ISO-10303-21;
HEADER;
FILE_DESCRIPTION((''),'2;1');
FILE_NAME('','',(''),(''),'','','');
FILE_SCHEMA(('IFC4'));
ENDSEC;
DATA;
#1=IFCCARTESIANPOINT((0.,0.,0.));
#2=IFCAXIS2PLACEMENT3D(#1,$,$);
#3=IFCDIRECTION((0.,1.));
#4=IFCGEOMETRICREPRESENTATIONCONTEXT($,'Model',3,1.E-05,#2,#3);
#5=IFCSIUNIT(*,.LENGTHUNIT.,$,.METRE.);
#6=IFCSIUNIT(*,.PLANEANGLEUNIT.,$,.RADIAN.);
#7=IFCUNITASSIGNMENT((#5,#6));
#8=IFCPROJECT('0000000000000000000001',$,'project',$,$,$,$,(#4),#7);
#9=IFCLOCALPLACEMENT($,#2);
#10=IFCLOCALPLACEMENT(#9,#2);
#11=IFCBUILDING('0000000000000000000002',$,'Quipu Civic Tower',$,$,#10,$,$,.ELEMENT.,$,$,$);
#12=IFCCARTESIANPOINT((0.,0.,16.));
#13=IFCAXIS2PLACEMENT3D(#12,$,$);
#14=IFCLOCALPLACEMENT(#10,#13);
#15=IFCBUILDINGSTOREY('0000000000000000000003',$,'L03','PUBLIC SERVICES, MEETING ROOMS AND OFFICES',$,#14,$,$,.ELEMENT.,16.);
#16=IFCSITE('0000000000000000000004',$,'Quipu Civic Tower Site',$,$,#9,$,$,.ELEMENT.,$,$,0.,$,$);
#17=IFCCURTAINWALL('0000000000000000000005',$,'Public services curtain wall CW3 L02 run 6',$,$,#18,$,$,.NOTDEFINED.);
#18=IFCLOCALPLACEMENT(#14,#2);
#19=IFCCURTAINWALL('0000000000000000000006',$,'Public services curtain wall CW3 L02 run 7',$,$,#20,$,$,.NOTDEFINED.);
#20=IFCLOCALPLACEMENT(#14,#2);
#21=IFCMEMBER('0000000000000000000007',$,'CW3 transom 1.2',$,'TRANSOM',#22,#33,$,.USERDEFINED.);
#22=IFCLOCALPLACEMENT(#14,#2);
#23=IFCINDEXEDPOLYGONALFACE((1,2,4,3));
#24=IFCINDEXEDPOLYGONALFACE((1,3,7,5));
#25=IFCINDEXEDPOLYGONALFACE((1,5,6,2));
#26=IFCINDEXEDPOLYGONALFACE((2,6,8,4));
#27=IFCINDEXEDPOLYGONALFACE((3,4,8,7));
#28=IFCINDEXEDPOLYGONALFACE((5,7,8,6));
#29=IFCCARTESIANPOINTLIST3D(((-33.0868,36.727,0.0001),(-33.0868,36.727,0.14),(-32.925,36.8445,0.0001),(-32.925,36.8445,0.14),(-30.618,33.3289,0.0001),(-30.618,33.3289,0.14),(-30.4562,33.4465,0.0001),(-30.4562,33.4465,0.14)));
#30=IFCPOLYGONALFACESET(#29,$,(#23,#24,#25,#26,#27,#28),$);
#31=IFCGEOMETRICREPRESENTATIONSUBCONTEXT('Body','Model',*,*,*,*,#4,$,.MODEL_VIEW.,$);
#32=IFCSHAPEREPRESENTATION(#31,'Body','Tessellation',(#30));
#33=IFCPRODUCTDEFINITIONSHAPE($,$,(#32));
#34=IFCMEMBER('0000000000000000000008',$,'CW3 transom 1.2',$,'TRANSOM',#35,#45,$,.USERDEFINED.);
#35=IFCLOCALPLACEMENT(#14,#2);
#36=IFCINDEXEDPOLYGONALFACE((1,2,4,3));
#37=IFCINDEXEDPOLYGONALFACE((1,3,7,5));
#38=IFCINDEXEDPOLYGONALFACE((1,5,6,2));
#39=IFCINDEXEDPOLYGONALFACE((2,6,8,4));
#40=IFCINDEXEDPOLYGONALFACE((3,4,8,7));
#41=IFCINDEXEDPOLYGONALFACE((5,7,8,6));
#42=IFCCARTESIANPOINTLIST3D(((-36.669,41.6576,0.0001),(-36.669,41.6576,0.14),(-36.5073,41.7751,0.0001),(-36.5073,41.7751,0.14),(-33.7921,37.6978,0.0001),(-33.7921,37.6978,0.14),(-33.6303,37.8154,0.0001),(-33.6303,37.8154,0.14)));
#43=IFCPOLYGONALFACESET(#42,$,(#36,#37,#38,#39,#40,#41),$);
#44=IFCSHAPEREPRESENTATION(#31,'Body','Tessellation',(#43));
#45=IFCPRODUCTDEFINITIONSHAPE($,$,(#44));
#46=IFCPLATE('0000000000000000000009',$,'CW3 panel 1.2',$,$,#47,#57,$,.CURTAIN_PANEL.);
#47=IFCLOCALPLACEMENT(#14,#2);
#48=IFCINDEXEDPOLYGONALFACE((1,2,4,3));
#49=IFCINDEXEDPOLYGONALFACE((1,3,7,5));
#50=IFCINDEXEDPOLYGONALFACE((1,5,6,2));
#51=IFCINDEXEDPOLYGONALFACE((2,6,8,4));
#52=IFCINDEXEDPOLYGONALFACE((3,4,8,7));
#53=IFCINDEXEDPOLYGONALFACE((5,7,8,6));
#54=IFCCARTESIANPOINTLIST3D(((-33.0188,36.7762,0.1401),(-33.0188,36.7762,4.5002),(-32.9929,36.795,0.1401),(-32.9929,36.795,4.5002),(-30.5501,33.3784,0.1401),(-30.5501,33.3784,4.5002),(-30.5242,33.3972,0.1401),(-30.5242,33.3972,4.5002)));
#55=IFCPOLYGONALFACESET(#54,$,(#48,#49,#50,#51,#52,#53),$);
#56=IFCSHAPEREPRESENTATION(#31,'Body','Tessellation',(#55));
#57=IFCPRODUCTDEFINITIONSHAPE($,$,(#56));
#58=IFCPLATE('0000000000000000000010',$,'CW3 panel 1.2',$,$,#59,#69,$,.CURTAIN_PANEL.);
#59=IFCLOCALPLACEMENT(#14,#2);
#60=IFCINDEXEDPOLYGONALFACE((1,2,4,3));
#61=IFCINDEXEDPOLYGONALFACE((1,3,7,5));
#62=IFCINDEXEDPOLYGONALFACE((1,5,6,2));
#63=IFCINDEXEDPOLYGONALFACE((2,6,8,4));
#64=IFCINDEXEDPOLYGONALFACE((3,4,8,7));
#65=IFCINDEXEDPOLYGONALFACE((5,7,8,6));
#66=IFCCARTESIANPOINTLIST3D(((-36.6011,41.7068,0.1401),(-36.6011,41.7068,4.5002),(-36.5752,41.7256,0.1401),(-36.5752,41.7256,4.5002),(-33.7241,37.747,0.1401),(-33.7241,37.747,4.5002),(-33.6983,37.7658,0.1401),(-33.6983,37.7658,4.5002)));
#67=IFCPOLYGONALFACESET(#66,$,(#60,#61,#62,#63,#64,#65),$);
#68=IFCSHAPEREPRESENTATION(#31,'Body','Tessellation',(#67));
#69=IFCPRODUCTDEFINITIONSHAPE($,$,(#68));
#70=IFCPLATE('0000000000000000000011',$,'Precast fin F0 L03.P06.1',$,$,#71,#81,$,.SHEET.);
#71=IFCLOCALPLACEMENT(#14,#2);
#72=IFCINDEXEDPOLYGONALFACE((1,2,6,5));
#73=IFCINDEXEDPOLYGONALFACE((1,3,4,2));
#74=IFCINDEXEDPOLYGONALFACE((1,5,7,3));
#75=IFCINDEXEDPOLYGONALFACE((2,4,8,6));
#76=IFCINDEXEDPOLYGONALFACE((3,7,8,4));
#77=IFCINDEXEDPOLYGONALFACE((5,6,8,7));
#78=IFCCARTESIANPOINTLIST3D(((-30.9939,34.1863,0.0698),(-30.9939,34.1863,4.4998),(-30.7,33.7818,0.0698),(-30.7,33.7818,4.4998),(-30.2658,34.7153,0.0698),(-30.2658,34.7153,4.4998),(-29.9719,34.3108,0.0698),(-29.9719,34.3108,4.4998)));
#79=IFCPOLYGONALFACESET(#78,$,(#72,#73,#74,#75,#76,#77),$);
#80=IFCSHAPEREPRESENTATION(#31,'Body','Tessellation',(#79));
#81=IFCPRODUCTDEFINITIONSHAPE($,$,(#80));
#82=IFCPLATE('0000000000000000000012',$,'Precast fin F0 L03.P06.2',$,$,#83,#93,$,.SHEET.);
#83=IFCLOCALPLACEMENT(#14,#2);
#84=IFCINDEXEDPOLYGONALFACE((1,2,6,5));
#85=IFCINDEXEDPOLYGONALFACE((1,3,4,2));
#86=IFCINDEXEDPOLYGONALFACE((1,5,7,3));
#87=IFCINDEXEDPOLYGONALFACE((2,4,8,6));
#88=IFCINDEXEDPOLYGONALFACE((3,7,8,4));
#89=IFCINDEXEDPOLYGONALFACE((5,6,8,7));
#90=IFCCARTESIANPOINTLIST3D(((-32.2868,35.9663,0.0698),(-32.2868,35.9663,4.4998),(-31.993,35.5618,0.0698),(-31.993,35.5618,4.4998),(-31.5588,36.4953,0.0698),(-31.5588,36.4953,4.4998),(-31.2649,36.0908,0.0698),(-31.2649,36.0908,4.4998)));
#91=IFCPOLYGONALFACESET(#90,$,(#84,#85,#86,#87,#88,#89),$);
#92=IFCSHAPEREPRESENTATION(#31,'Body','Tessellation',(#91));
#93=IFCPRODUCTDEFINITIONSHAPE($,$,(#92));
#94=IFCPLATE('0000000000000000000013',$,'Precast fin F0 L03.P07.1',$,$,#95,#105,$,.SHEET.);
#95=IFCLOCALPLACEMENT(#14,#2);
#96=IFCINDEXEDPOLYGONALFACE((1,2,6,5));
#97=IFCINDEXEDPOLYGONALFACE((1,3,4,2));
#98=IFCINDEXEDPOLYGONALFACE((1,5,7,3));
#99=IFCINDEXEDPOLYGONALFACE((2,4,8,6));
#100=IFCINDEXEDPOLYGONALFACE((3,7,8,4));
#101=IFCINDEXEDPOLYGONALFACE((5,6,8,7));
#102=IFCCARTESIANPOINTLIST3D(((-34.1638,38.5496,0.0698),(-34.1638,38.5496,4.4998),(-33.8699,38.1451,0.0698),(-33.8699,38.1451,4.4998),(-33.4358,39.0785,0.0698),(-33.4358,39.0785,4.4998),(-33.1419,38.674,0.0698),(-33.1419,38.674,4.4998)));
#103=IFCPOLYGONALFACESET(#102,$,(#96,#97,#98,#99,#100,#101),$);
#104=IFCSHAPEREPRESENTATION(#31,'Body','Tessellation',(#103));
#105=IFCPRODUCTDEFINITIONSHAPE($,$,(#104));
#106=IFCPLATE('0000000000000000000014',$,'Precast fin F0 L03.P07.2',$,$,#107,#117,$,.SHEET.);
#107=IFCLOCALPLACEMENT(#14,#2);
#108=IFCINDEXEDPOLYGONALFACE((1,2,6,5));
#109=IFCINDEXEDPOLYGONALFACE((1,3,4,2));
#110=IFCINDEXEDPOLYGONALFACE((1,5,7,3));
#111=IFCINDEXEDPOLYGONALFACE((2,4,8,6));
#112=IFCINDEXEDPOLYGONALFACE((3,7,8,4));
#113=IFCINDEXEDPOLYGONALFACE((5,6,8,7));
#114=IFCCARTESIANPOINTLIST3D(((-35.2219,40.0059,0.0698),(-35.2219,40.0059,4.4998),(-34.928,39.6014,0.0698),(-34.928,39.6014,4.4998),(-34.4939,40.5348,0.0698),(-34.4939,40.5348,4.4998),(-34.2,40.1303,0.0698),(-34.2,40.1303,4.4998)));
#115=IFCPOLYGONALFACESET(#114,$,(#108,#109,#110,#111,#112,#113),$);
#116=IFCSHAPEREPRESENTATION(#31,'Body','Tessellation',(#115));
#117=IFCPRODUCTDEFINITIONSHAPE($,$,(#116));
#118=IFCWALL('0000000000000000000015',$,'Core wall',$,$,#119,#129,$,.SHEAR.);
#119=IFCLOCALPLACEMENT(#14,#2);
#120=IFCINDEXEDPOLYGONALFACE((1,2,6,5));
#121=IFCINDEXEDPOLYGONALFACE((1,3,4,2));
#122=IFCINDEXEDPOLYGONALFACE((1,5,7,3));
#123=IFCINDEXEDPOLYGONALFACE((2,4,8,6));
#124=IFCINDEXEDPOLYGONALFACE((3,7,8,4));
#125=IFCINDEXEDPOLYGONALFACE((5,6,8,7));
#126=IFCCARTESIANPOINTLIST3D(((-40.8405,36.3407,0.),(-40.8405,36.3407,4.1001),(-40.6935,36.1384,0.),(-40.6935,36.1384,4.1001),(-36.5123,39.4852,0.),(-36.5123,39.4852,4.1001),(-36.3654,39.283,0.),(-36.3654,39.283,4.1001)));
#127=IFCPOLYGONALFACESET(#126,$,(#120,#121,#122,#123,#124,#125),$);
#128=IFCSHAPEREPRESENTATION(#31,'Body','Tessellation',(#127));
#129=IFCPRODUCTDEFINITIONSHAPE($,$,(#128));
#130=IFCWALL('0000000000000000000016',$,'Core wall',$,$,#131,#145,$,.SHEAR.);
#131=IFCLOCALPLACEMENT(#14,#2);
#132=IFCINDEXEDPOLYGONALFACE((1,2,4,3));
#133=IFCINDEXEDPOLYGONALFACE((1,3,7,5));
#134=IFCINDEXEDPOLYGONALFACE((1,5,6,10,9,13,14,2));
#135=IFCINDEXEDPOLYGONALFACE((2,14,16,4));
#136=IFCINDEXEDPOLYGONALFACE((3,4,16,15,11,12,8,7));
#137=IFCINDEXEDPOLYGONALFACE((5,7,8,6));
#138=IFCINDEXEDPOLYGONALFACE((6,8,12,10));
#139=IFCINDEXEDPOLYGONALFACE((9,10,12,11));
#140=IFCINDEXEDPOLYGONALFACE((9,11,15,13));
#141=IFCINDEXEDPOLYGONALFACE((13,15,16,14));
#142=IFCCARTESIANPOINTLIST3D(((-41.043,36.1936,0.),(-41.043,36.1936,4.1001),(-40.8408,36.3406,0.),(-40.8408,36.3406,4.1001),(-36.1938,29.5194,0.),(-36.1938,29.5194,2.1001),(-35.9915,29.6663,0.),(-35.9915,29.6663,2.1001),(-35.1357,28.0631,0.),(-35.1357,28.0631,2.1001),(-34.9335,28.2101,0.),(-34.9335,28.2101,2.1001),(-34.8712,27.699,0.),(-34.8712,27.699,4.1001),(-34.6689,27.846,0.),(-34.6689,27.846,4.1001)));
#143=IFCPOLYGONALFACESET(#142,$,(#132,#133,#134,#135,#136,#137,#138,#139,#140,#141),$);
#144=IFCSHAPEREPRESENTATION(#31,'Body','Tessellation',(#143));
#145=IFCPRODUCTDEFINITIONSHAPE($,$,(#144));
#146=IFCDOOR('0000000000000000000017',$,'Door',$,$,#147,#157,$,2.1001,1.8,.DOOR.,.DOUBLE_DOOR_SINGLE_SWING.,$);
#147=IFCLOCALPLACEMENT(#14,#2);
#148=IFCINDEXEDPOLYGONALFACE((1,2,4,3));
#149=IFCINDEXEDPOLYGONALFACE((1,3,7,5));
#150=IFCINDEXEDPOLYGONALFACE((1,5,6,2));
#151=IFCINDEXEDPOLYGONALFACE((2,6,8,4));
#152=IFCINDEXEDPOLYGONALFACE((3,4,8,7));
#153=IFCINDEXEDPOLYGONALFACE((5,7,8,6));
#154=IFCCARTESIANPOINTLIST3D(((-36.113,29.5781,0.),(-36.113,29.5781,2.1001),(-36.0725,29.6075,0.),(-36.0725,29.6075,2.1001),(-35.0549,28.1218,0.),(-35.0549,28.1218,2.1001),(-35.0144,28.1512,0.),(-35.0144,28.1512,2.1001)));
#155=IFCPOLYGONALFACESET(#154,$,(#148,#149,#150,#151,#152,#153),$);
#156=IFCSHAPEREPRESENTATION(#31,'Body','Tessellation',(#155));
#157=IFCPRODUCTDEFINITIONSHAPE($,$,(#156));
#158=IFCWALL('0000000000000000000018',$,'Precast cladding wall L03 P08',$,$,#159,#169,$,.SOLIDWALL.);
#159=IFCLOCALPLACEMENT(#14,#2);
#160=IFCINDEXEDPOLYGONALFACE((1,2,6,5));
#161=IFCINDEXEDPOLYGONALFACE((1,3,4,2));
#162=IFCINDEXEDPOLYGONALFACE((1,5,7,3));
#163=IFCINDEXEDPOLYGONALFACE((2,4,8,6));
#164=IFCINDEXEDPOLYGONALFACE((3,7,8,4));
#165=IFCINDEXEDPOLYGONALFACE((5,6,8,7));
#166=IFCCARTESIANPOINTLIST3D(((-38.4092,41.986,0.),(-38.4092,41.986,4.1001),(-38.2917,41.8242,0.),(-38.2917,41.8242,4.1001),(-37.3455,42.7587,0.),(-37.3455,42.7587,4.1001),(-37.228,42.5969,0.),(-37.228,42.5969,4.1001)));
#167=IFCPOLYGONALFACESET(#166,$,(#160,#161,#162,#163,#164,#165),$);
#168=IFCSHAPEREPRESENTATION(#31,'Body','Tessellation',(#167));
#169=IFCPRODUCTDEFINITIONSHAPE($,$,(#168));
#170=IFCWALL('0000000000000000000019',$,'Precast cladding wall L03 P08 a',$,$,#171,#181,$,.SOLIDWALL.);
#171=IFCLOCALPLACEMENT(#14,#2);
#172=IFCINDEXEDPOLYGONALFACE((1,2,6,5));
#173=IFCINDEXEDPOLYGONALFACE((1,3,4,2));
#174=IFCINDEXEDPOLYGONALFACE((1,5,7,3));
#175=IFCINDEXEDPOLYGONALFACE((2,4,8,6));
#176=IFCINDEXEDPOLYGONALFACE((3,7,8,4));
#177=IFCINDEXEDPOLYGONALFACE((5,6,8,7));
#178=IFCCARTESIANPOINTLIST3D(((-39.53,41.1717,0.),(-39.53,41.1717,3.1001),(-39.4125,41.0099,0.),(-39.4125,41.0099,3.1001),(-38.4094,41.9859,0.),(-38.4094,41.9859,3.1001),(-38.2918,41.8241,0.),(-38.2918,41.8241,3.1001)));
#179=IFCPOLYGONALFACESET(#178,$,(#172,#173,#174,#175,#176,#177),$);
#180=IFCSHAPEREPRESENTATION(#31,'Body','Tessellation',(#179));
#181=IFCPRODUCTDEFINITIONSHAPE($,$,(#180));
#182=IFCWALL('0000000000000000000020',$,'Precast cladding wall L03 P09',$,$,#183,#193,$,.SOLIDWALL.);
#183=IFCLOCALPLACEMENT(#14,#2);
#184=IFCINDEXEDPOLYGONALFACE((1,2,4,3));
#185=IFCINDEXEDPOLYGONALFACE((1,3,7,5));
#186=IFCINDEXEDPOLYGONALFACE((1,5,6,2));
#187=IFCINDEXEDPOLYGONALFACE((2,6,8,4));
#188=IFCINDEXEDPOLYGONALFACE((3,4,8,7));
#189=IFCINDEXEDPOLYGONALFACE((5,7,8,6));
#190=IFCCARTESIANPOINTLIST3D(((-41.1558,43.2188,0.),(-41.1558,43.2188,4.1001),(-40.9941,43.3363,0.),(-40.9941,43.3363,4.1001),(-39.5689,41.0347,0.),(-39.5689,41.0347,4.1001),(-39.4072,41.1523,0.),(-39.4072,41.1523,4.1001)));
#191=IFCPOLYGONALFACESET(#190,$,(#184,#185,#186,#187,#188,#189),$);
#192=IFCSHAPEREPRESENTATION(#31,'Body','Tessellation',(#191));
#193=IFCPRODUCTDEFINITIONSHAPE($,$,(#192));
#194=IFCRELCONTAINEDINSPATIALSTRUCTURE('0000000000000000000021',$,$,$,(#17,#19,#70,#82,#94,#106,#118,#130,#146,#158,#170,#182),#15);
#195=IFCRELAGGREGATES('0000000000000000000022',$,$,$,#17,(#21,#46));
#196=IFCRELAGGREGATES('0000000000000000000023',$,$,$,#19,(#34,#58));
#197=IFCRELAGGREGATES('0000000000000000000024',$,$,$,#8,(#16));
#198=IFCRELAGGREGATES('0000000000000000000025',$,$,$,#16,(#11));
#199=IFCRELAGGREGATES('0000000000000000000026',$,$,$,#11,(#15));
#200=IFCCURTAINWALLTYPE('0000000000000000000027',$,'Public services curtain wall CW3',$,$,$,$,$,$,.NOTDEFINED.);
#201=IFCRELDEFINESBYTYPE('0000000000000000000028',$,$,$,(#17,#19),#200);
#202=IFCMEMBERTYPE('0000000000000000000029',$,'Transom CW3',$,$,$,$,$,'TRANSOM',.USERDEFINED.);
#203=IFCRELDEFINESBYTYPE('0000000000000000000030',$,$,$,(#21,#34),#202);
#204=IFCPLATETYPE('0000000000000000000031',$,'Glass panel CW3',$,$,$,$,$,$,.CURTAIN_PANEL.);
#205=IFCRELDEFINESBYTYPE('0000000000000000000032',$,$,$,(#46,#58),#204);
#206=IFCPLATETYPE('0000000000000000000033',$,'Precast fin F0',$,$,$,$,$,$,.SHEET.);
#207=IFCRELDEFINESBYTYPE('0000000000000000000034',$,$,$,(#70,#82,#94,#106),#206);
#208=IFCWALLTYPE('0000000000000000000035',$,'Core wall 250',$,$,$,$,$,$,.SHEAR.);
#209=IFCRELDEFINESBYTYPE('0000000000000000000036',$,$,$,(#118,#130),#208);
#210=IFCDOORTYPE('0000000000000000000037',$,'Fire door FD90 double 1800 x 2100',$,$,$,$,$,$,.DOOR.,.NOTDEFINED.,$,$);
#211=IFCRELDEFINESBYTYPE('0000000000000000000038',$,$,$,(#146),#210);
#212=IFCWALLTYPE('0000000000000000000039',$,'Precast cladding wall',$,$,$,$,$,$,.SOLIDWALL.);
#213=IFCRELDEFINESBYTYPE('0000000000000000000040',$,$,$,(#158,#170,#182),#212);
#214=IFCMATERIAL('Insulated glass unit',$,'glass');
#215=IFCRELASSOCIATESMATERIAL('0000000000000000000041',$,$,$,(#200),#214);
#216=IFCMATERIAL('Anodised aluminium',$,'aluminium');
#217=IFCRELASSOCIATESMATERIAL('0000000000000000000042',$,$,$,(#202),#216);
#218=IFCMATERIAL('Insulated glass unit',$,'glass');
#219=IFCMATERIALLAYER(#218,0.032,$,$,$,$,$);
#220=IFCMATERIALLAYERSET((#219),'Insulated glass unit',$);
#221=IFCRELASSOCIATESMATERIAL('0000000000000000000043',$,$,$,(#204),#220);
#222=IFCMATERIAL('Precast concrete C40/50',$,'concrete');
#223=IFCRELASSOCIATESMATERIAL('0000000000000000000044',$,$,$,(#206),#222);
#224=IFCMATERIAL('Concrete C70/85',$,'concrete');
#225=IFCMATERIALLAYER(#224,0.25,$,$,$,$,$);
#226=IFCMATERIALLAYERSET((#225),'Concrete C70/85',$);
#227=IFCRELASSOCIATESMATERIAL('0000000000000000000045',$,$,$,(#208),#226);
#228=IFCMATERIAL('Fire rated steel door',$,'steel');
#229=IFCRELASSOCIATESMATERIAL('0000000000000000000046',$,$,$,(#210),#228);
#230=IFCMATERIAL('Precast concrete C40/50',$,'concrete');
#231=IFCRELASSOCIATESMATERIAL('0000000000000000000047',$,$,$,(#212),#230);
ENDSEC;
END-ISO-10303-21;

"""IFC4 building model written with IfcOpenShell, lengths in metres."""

from ifc_helpers import new_model, si_unit, direction, frame, frame_2d, origin, origin_2d, place, context, subcontext, project, spatial, rectangle, extrude, material, layer, layer_set, material_profile, profile_set, type_object, element, fill, aggregate, save


model = new_model("IFC4")

# Units and contexts
model_context = context("Model", 3, precision=1e-05, world=origin(), true_north=direction((0.0, 1.0)))
body_context = subcontext(model_context, "Body", "Model", "MODEL_VIEW")
ifc_project = project(units=[si_unit("LENGTHUNIT", "METRE"), si_unit("PLANEANGLEUNIT", "RADIAN")], contexts=[model_context])

# Site, building, storey
site_placement = place(None, origin())
site = spatial("IfcSite", under=ifc_project, at=site_placement, Name="Quipu Civic Tower Site", CompositionType="ELEMENT", RefElevation=0.0)
building_placement = place(site_placement, origin())
building = spatial("IfcBuilding", under=site, at=building_placement, Name="Quipu Civic Tower", CompositionType="ELEMENT")
storey_placement = place(building_placement, frame((0.0, 0.0, 16.0)))
storey = spatial("IfcBuildingStorey", under=building, at=storey_placement, Name="L03", Description="PUBLIC SERVICES, MEETING ROOMS AND OFFICES", CompositionType="ELEMENT", Elevation=16.0)

# Shared definitions
ifc_material_1 = material(Name="Insulated glass unit", Category="glass")
curtain_wall_type = type_object("IfcCurtainWallType", Name="Public services curtain wall CW3", PredefinedType="NOTDEFINED", material=ifc_material_1)

# Curtain walls
curtain_wall_1_placement = place(storey_placement, origin())
curtain_wall_1 = element("IfcCurtainWall", 1, at=curtain_wall_1_placement, inside=storey, type_object=curtain_wall_type, Name="Public services curtain wall CW3 L02 run 6", PredefinedType="NOTDEFINED")
curtain_wall_2_placement = place(storey_placement, origin())
curtain_wall_2 = element("IfcCurtainWall", 2, at=curtain_wall_2_placement, inside=storey, type_object=curtain_wall_type, Name="Public services curtain wall CW3 L02 run 7", PredefinedType="NOTDEFINED")

# Members
ifc_material_2 = material(Name="Anodised aluminium", Category="aluminium")
ifc_material_profile_1 = material_profile(ifc_material_2, rectangle(XDim=0.2, YDim=0.1399, at=origin_2d()), Name="RECT 200x140")
ifc_profile_set_1 = profile_set([ifc_material_profile_1], Name="Anodised aluminium")
member_type_1 = type_object("IfcMemberType", Name="Transom CW3", ElementType="TRANSOM", PredefinedType="USERDEFINED", material=ifc_profile_set_1)
member_1_placement = place(storey_placement, frame((-30.5371, 33.3877, 0.0701), z_axis=(-0.587785, 0.809018, 0.0), x_axis=(-0.809018, -0.587785, 0.0)))
member_1 = element("IfcMember", 3, at=member_1_placement, type_object=member_type_1, Name="CW3 transom 1.2", ObjectType="TRANSOM", PredefinedType="USERDEFINED", context=body_context, shape_type="SweptSolid", body=[
    extrude(rectangle(XDim=0.2, YDim=0.1399, at=origin_2d()), origin(), (0.0, 0.0, 1.0), 4.2002),
])
member_2_placement = place(storey_placement, frame((-33.7112, 37.7566, 0.0701), z_axis=(-0.587792, 0.809012, 0.0), x_axis=(-0.809012, -0.587792, 0.0)))
member_2 = element("IfcMember", 4, at=member_2_placement, type_object=member_type_1, Name="CW3 transom 1.2", ObjectType="TRANSOM", PredefinedType="USERDEFINED", context=body_context, shape_type="SweptSolid", body=[
    extrude(rectangle(XDim=0.2, YDim=0.1399, at=origin_2d()), origin(), (0.0, 0.0, 1.0), 4.8945),
])

# Plates
ifc_material_3 = material(Name="Insulated glass unit", Category="glass")
ifc_layer_1 = layer(ifc_material_3, 0.032)
ifc_layer_set_1 = layer_set([ifc_layer_1], Name="Insulated glass unit")
plate_type_1 = type_object("IfcPlateType", Name="Glass panel CW3", PredefinedType="CURTAIN_PANEL", material=ifc_layer_set_1)
plate_1_placement = place(storey_placement, frame((-31.7715, 35.0867, 0.1401), z_axis=(0.0, 0.0, 1.0), x_axis=(-0.587789, 0.809014, 0.0)))
plate_1 = element("IfcPlate", 5, at=plate_1_placement, type_object=plate_type_1, Name="CW3 panel 1.2", PredefinedType="CURTAIN_PANEL", context=body_context, shape_type="SweptSolid", body=[
    extrude(rectangle(XDim=4.2, YDim=0.032, at=origin_2d()), origin(), (0.0, 0.0, 1.0), 4.3601),
])
aggregate(curtain_wall_1, [member_1, plate_1])
plate_2_placement = place(storey_placement, frame((-35.1497, 39.7363, 0.1401), z_axis=(0.0, 0.0, 1.0), x_axis=(-0.587783, 0.809019, 0.0)))
plate_2 = element("IfcPlate", 6, at=plate_2_placement, type_object=plate_type_1, Name="CW3 panel 1.2", PredefinedType="CURTAIN_PANEL", context=body_context, shape_type="SweptSolid", body=[
    extrude(rectangle(XDim=4.8945, YDim=0.032, at=origin_2d()), origin(), (0.0, 0.0, 1.0), 4.3601),
])
aggregate(curtain_wall_2, [member_2, plate_2])

# Plates
ifc_material_4 = material(Name="Precast concrete C40/50", Category="concrete")
plate_type_2 = type_object("IfcPlateType", Name="Precast fin F0", PredefinedType="SHEET", material=ifc_material_4)
for number, where, z_axis, x_axis, name in (
    (7, (-30.4829, 34.2485, 0.0698), (0.0, 0.0, 1.0), (-0.587785, 0.809017, 0.0), "Precast fin F0 L03.P06.1"),
    (8, (-31.7759, 36.0286, 0.0698), (0.0, 0.0, 1.0), (-0.587785, 0.809017, 0.0), "Precast fin F0 L03.P06.2"),
    (9, (-33.6528, 38.6118, 0.0698), (0.0, 0.0, 1.0), (-0.587785, 0.809017, 0.0), "Precast fin F0 L03.P07.1"),
    (10, (-34.7109, 40.0681, 0.0698), (0.0, 0.0, 1.0), (-0.587785, 0.809017, 0.0), "Precast fin F0 L03.P07.2"),
):
    element("IfcPlate", number, at=place(storey_placement, frame(where, z_axis=z_axis, x_axis=x_axis)), inside=storey, type_object=plate_type_2, Name=name, PredefinedType="SHEET", context=body_context, shape_type="SweptSolid", body=[
        extrude(rectangle(XDim=0.5, YDim=0.8999, at=origin_2d()), origin(), (0.0, 0.0, 1.0), 4.4299),
    ])

# Wall
ifc_material_5 = material(Name="Concrete C70/85", Category="concrete")
ifc_layer_2 = layer(ifc_material_5, 0.25)
ifc_layer_set_2 = layer_set([ifc_layer_2], Name="Concrete C70/85")
wall_type_1 = type_object("IfcWallType", Name="Core wall 250", PredefinedType="SHEAR", material=ifc_layer_set_2)
wall_1_placement = place(storey_placement, frame((-36.439, 39.384, 0.0), z_axis=(0.0, 0.0, 1.0), x_axis=(-0.80902, -0.587781, 0.0)))
element("IfcWall", 11, at=wall_1_placement, inside=storey, type_object=wall_type_1, Name="Core wall", PredefinedType="SHEAR", context=body_context, shape_type="SweptSolid", body=[
    extrude(rectangle(XDim=5.3499, YDim=0.25, at=frame_2d((2.6748, 0.0))), origin(), (0.0, 0.0, 1.0), 4.1001),
])

# Wall, opening, door
wall_2_placement = place(storey_placement, frame((-40.9419, 36.2671, 0.0), z_axis=(0.0, 0.0, 1.0), x_axis=(0.587796, -0.809009, 0.0)))
wall_2 = element("IfcWall", 12, at=wall_2_placement, inside=storey, type_object=wall_type_1, Name="Core wall", PredefinedType="SHEAR", context=body_context, shape_type="SweptSolid", body=[
    extrude(rectangle(XDim=10.5, YDim=0.25, at=frame_2d((5.25, 0.0))), origin(), (0.0, 0.0, 1.0), 4.1001),
])
opening_placement = place(wall_2_placement, frame((8.25, 0.0, 0.0)))
opening = element("IfcOpeningElement", 13, at=opening_placement, cuts=wall_2, PredefinedType="OPENING", context=body_context, shape_type="SweptSolid", body=[
    extrude(rectangle(XDim=1.8, YDim=2.1001, at=frame_2d((0.8999, 1.05))), frame((0.0, 0.135, 0.0), z_axis=(0.0, -1.0, 0.0), x_axis=(1.0, 0.0, 0.0)), (0.0, 0.0, 1.0), 0.27),
])
ifc_material_6 = material(Name="Fire rated steel door", Category="steel")
door_type = type_object("IfcDoorType", Name="Fire door FD90 double 1800 x 2100", OperationType="NOTDEFINED", PredefinedType="DOOR", material=ifc_material_6)
door_placement = place(opening_placement, origin())
door = element("IfcDoor", 14, at=door_placement, inside=storey, type_object=door_type, Name="Door", OperationType="DOUBLE_DOOR_SINGLE_SWING", OverallHeight=2.1001, OverallWidth=1.8, PredefinedType="DOOR", context=body_context, shape_type="SweptSolid", body=[
    extrude(rectangle(XDim=1.8, YDim=2.1001, at=frame_2d((0.8999, 1.05))), frame((0.0, 0.0249, 0.0), z_axis=(0.0, -1.0, 0.0), x_axis=(1.0, 0.0, 0.0)), (0.0, 0.0, 1.0), 0.05),
])
fill(opening, door)

# Walls
ifc_material_7 = material(Name="Precast concrete C40/50", Category="concrete")
wall_type_2 = type_object("IfcWallType", Name="Precast cladding wall", PredefinedType="SOLIDWALL", material=ifc_material_7)
wall_3_placement = place(storey_placement, frame((-37.2869, 42.6777, 0.0), z_axis=(0.0, 0.0, 1.0), x_axis=(-0.809065, -0.587719, 0.0)))
element("IfcWall", 15, at=wall_3_placement, inside=storey, type_object=wall_type_2, Name="Precast cladding wall L03 P08", PredefinedType="SOLIDWALL", context=body_context, shape_type="SweptSolid", body=[
    extrude(rectangle(XDim=1.3147, YDim=0.2, at=frame_2d((0.6572, 0.0))), origin(), (0.0, 0.0, 1.0), 4.1001),
])
wall_4_placement = place(storey_placement, frame((-38.3506, 41.905, 0.0), z_axis=(0.0, 0.0, 1.0), x_axis=(-0.809003, -0.587805, 0.0)))
element("IfcWall", 16, at=wall_4_placement, inside=storey, type_object=wall_type_2, Name="Precast cladding wall L03 P08 a", PredefinedType="SOLIDWALL", context=body_context, shape_type="SweptSolid", body=[
    extrude(rectangle(XDim=1.3853, YDim=0.2, at=frame_2d((0.6926, 0.0))), origin(), (0.0, 0.0, 1.0), 3.1001),
])
wall_5_placement = place(storey_placement, frame((-39.488, 41.0935, 0.0), z_axis=(0.0, 0.0, 1.0), x_axis=(-0.587806, 0.809002, 0.0)))
element("IfcWall", 17, at=wall_5_placement, inside=storey, type_object=wall_type_2, Name="Precast cladding wall L03 P09", PredefinedType="SOLIDWALL", context=body_context, shape_type="SweptSolid", body=[
    extrude(rectangle(XDim=2.6997, YDim=0.2, at=frame_2d((1.3499, 0.0))), origin(), (0.0, 0.0, 1.0), 4.1001),
])

save(model, "model.ifc")
